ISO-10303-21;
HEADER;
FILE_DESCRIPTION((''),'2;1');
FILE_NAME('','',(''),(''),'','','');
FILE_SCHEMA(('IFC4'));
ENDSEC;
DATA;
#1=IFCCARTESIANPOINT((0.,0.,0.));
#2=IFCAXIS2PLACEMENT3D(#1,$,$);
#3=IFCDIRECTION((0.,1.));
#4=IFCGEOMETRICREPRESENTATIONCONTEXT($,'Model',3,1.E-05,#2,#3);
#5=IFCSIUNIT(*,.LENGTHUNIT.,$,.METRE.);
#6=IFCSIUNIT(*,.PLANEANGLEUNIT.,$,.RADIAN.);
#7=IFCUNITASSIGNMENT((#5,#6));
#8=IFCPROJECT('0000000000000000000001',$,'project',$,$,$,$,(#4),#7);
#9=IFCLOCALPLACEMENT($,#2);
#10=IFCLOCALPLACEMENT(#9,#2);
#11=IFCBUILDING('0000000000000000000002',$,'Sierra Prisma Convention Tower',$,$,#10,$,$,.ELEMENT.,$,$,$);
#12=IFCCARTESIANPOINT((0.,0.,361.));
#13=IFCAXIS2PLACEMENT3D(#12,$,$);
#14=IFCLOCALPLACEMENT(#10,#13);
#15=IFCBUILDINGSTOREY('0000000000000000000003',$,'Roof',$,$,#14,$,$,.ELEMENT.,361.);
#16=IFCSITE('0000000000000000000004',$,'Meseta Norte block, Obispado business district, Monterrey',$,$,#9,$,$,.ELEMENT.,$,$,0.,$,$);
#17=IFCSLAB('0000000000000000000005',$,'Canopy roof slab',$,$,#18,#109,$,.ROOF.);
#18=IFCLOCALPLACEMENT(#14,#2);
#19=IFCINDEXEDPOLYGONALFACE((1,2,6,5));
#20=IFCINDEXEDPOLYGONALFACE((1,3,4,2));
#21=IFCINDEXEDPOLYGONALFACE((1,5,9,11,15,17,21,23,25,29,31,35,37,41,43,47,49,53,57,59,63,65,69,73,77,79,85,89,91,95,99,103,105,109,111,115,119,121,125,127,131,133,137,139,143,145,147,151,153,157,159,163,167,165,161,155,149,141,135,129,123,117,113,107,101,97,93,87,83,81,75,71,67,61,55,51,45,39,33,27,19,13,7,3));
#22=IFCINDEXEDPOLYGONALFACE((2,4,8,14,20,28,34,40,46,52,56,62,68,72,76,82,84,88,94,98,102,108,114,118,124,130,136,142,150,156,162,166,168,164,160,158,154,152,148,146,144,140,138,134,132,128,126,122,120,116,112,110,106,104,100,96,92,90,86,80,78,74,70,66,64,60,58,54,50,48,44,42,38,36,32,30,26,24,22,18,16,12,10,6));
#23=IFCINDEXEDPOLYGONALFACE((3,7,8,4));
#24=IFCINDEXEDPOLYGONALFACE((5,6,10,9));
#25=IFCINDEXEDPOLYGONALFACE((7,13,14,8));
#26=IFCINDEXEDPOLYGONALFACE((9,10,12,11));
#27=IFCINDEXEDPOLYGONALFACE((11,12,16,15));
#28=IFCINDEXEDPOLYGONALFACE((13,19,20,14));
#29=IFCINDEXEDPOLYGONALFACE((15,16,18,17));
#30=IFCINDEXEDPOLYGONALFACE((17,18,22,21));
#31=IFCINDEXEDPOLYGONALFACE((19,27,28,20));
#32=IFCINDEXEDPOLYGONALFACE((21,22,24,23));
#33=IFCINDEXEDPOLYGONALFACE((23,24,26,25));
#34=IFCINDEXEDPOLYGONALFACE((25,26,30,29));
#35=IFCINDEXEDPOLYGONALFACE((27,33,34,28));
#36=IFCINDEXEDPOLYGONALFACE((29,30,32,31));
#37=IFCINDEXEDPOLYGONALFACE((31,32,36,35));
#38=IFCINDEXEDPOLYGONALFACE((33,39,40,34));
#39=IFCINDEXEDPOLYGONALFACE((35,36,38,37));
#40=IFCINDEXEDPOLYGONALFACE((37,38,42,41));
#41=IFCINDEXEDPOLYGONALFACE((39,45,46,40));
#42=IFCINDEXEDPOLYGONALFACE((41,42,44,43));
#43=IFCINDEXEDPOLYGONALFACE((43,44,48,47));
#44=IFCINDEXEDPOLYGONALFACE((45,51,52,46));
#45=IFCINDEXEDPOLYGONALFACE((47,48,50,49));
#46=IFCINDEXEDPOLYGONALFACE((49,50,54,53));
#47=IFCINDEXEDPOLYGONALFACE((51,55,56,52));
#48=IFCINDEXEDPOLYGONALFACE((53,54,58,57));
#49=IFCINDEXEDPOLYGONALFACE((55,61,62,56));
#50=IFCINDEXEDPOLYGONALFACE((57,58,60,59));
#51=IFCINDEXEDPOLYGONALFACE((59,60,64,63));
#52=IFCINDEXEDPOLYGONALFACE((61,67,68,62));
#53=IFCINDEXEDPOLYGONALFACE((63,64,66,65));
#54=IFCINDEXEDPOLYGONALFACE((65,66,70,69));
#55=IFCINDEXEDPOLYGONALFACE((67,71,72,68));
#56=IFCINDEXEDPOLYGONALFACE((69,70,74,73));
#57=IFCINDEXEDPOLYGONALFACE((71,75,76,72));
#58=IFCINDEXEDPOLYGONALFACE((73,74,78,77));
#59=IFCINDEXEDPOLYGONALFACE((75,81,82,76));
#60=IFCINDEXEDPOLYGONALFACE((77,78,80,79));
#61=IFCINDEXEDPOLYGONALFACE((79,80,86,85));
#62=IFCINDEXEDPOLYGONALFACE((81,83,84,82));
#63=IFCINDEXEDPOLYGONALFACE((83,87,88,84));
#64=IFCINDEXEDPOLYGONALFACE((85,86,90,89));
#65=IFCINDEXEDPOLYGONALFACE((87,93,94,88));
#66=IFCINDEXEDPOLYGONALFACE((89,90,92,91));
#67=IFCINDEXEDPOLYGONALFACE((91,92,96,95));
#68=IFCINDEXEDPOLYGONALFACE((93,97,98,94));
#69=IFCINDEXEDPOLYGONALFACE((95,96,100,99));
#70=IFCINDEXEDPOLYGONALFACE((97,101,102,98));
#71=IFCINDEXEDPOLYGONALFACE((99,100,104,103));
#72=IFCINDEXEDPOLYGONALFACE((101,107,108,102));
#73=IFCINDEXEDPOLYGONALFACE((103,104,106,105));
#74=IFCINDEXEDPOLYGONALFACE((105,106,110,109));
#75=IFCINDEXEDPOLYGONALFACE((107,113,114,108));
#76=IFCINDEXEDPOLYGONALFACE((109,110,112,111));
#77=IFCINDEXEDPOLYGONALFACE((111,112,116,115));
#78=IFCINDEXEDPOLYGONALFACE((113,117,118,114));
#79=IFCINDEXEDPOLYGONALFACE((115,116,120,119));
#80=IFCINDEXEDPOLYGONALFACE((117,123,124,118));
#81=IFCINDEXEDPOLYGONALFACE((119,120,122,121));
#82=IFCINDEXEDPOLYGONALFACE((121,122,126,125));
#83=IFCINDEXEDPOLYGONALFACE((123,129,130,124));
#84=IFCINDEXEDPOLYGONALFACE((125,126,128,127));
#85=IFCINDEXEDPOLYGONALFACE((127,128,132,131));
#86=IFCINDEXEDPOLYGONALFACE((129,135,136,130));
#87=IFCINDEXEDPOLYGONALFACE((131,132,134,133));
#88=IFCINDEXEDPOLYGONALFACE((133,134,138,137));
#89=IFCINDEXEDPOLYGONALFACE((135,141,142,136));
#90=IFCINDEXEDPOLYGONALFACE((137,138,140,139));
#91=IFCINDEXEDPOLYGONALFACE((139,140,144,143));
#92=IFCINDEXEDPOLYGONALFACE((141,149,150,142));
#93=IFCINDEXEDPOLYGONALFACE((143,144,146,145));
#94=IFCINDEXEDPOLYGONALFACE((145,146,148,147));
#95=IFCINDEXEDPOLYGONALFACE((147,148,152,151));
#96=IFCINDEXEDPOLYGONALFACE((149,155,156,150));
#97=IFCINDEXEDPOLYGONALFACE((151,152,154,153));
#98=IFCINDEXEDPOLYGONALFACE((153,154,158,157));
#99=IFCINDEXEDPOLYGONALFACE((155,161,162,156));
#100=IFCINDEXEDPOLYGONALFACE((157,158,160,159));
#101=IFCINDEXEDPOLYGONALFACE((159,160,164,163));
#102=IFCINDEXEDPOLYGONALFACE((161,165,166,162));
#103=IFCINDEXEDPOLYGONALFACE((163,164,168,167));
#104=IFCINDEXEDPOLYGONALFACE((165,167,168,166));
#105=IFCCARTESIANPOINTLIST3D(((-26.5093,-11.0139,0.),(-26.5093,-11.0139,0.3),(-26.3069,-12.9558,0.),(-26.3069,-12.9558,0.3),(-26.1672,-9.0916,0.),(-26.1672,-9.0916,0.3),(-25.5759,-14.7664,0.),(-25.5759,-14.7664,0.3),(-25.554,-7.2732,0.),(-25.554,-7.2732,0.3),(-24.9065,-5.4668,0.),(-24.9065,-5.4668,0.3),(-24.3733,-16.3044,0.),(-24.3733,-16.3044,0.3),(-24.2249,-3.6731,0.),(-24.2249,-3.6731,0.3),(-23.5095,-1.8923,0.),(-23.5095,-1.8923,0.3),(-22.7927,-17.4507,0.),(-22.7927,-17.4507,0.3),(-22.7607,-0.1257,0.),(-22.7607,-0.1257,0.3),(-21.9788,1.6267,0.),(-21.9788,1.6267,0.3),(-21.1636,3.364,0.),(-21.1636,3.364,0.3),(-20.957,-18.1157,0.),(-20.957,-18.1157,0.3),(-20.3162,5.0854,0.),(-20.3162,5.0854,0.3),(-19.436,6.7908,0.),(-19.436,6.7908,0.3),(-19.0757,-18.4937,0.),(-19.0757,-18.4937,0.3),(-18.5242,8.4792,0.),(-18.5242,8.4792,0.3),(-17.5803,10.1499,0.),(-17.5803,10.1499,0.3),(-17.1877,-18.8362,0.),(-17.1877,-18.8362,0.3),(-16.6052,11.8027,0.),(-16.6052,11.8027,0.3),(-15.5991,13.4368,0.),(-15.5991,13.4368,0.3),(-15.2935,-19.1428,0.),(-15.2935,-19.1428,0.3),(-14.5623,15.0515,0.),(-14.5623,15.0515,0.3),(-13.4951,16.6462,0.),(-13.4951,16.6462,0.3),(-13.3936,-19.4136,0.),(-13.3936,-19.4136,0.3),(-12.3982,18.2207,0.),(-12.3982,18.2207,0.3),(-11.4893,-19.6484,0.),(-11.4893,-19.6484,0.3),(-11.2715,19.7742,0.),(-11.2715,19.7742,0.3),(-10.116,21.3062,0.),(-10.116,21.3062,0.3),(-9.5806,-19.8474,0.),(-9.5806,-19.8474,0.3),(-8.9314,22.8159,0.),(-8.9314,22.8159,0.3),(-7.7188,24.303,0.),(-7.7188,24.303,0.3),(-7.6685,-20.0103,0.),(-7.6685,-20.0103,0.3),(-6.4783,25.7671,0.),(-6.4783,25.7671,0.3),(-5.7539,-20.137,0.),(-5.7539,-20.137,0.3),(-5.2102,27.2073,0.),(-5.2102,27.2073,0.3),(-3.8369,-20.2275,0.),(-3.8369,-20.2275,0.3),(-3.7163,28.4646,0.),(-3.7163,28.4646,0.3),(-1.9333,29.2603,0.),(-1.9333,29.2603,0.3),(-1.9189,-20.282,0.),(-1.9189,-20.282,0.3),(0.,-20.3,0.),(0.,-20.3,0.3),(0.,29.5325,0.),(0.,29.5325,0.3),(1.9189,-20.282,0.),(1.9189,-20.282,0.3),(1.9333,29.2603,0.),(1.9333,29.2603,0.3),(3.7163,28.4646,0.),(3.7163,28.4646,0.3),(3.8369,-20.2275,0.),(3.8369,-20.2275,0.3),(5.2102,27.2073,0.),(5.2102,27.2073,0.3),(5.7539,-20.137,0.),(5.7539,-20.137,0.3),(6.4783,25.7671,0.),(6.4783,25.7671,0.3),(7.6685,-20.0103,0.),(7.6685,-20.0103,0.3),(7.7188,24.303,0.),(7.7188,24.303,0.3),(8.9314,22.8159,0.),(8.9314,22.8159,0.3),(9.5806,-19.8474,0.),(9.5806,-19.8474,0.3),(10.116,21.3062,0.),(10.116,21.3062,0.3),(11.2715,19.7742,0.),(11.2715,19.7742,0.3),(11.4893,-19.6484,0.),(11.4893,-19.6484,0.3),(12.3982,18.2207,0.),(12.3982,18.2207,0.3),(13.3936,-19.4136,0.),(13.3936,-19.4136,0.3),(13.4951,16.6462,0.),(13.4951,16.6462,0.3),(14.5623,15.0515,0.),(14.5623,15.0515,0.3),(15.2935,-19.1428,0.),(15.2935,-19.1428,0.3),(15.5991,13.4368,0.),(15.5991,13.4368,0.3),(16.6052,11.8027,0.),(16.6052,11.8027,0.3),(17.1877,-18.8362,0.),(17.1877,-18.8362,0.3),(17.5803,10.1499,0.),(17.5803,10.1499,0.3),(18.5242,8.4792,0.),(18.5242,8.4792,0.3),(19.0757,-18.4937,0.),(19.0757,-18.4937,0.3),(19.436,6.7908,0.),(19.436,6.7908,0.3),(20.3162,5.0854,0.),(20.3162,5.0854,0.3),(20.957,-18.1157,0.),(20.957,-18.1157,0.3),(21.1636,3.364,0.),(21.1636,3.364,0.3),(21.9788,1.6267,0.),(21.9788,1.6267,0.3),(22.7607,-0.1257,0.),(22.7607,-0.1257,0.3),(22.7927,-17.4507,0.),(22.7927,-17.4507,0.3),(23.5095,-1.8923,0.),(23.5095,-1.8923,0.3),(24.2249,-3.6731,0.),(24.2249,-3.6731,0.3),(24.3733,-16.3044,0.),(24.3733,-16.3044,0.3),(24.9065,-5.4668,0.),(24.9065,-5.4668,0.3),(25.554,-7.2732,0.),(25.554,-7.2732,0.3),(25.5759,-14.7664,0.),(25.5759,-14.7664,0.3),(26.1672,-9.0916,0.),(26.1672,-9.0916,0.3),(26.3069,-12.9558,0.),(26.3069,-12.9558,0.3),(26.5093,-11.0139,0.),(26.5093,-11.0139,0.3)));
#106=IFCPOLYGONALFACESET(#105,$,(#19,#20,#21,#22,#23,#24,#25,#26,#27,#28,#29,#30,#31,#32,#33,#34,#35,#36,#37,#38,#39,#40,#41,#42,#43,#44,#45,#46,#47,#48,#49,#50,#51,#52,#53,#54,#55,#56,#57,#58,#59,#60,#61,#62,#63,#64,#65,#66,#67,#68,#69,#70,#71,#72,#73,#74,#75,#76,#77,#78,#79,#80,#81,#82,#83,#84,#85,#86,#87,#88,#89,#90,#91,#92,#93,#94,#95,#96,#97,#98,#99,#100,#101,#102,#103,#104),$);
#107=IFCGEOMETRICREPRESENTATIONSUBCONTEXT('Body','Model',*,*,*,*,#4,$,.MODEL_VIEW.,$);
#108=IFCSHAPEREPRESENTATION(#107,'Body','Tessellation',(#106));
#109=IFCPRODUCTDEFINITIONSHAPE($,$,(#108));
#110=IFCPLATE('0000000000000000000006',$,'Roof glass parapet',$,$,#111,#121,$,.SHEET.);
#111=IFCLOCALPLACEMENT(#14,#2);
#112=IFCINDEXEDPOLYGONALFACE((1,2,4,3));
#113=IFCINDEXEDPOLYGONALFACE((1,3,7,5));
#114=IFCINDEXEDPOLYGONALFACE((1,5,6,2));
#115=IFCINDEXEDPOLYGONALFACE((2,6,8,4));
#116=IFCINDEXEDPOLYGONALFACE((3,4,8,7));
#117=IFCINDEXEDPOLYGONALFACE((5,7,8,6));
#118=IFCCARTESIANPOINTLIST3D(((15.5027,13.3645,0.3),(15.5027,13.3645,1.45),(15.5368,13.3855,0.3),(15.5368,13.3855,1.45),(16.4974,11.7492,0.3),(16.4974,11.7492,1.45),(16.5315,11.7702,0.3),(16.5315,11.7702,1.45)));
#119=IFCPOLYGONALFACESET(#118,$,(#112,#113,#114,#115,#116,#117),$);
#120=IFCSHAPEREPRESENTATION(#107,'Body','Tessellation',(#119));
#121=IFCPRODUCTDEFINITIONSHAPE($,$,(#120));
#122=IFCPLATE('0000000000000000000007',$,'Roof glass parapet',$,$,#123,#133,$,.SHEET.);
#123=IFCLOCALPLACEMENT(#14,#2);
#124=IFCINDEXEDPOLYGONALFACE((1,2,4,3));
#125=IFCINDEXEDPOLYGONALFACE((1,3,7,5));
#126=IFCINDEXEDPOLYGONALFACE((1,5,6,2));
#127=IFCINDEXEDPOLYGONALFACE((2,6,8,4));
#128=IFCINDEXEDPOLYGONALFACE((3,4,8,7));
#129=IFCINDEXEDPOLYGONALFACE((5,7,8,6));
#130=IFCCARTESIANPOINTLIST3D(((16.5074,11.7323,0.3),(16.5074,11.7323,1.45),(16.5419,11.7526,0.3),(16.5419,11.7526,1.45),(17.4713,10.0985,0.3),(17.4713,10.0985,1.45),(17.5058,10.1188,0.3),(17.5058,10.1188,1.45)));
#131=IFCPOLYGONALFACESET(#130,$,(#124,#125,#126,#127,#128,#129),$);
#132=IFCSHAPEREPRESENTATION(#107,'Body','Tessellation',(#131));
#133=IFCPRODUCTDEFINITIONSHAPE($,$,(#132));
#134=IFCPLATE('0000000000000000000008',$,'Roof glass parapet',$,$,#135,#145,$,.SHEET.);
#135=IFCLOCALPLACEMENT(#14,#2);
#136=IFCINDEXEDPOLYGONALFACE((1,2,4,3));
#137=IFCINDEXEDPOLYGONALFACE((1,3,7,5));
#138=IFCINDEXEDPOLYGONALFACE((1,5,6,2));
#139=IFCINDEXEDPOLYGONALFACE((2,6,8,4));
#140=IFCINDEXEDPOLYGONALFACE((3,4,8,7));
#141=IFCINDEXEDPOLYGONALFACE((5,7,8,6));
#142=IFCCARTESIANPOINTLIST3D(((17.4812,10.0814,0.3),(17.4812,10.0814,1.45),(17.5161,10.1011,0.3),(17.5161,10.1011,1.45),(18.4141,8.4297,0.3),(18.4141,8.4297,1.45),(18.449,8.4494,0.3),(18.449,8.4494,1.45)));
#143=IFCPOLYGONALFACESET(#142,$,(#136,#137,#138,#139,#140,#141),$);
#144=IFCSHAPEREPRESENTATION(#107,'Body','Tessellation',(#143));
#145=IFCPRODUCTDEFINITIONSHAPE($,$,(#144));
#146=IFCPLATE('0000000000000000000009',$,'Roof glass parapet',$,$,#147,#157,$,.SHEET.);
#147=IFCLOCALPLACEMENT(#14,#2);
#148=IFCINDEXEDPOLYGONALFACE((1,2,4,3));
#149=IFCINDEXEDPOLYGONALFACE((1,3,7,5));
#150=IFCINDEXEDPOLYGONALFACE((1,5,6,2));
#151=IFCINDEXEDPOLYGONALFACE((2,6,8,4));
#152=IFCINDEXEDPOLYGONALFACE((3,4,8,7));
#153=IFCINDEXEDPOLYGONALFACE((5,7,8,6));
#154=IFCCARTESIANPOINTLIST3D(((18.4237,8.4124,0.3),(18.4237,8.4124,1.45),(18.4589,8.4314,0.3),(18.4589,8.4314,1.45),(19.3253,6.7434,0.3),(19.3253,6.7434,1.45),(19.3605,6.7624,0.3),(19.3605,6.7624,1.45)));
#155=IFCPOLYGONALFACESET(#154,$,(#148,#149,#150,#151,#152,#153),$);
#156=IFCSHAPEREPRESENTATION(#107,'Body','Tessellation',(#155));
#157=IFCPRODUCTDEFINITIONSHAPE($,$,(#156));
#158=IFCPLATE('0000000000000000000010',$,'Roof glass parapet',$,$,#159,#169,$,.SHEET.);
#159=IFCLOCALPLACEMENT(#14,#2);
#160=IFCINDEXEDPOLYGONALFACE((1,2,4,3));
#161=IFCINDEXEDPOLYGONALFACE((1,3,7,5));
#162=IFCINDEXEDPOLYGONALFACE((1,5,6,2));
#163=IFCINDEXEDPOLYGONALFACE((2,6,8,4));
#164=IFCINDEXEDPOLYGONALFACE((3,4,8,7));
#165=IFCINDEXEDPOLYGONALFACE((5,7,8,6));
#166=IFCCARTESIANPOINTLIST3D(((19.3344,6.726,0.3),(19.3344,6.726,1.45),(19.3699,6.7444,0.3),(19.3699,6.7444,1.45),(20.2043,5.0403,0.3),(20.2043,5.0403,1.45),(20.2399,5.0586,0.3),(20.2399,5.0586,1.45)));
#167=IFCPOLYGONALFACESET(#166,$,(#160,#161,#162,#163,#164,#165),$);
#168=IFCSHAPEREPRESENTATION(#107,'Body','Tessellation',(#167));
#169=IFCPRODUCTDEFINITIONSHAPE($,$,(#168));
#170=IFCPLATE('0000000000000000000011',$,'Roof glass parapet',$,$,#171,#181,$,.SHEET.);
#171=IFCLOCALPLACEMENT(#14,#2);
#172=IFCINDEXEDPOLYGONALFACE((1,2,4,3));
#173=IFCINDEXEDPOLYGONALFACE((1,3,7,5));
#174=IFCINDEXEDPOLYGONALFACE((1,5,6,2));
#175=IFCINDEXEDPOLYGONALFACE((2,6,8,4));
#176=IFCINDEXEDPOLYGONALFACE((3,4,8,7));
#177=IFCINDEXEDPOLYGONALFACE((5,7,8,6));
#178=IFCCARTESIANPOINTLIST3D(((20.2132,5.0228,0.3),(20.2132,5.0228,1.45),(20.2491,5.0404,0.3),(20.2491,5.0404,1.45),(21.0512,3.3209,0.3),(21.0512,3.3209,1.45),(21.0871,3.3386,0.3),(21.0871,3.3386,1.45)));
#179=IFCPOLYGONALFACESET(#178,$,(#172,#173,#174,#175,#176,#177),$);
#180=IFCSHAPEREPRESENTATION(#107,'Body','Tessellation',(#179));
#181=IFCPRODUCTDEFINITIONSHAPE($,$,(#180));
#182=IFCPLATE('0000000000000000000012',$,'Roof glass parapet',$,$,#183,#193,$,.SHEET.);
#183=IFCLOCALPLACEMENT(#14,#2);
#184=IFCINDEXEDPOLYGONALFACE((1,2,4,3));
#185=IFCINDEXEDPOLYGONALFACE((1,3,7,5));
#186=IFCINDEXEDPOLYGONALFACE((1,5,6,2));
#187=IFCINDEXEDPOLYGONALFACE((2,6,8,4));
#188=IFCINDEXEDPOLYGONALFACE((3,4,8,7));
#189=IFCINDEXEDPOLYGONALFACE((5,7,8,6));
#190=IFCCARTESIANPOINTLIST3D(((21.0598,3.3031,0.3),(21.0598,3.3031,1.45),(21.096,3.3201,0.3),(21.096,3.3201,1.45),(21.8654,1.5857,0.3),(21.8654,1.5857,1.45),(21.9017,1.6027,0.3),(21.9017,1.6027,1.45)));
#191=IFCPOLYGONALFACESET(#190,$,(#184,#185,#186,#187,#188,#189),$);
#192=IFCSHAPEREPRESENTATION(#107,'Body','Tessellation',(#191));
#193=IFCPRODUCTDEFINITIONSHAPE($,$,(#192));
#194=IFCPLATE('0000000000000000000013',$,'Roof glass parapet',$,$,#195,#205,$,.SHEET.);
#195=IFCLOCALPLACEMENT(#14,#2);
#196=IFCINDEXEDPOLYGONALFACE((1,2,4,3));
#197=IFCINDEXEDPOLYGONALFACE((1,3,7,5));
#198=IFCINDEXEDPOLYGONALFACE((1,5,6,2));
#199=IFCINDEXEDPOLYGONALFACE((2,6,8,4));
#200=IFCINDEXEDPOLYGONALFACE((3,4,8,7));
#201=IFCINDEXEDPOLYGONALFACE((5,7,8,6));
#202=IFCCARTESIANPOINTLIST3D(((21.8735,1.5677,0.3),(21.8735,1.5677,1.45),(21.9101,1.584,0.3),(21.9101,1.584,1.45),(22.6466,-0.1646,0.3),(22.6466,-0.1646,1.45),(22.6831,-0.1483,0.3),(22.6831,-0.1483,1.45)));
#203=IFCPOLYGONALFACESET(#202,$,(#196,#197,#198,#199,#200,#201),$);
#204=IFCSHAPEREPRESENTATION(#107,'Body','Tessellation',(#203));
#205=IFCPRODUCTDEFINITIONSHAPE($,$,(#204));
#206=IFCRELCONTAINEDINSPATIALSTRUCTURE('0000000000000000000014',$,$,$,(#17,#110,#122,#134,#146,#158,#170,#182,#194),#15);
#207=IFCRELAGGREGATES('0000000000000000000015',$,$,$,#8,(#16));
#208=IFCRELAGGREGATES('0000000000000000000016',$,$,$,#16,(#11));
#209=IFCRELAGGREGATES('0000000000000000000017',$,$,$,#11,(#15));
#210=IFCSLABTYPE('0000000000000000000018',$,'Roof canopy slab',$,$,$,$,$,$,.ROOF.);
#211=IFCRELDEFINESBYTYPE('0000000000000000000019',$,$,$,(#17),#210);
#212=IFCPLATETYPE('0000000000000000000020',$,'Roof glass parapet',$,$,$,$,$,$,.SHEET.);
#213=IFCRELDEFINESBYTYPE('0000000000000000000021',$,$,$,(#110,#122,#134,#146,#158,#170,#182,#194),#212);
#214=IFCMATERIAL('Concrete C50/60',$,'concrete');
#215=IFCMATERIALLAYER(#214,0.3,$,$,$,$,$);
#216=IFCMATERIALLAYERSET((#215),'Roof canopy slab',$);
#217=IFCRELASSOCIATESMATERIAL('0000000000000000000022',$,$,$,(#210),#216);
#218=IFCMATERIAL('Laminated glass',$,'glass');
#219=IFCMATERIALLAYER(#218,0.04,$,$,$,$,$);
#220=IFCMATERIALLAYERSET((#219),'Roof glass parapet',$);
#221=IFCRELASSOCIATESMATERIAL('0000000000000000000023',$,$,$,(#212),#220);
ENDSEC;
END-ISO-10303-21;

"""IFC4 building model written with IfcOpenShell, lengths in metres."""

from ifc_helpers import new_model, si_unit, direction, frame, origin, origin_2d, place, context, subcontext, project, spatial, polyline, rectangle, outline, extrude, material, layer, layer_set, type_object, element, save


model = new_model("IFC4")

# Units and contexts
model_context = context("Model", 3, precision=1e-05, world=origin(), true_north=direction((0.0, 1.0)))
body_context = subcontext(model_context, "Body", "Model", "MODEL_VIEW")
ifc_project = project(units=[si_unit("LENGTHUNIT", "METRE"), si_unit("PLANEANGLEUNIT", "RADIAN")], contexts=[model_context])

# Site, building, storey
site_placement = place(None, origin())
site = spatial("IfcSite", under=ifc_project, at=site_placement, Name="Meseta Norte block, Obispado business district, Monterrey", CompositionType="ELEMENT", RefElevation=0.0)
building_placement = place(site_placement, origin())
building = spatial("IfcBuilding", under=site, at=building_placement, Name="Sierra Prisma Convention Tower", CompositionType="ELEMENT")
storey_placement = place(building_placement, frame((0.0, 0.0, 361.0)))
storey = spatial("IfcBuildingStorey", under=building, at=storey_placement, Name="Roof", CompositionType="ELEMENT", Elevation=361.0)

# Slab
ifc_material_1 = material(Name="Concrete C50/60", Category="concrete")
ifc_layer_1 = layer(ifc_material_1, 0.3)
ifc_layer_set_1 = layer_set([ifc_layer_1], Name="Roof canopy slab")
slab_type = type_object("IfcSlabType", Name="Roof canopy slab", PredefinedType="ROOF", material=ifc_layer_set_1)
slab_placement = place(storey_placement, origin())
element("IfcSlab", 1, at=slab_placement, inside=storey, type_object=slab_type, Name="Canopy roof slab", PredefinedType="ROOF", context=body_context, shape_type="SweptSolid", body=[
    extrude(outline(polyline([(-20.957, -18.1157), (-19.0757, -18.4937), (-17.1877, -18.8362), (-15.2935, -19.1428), (-13.3936, -19.4136), (-11.4893, -19.6484), (-9.5806, -19.8474), (-7.6685, -20.0103), (-5.7539, -20.137), (-3.8369, -20.2275), (-1.9189, -20.282), (0.0, -20.3), (1.9189, -20.282), (3.8369, -20.2275), (5.7539, -20.137), (7.6685, -20.0103), (9.5806, -19.8474), (11.4893, -19.6484), (13.3936, -19.4136), (15.2935, -19.1428), (17.1877, -18.8362), (19.0757, -18.4937), (20.957, -18.1157), (22.7927, -17.4507), (24.3733, -16.3044), (25.5759, -14.7664), (26.3069, -12.9558), (26.5093, -11.0139), (26.1672, -9.0916), (25.554, -7.2732), (24.9065, -5.4668), (24.2249, -3.6731), (23.5095, -1.8923), (22.7607, -0.1257), (21.9788, 1.6267), (21.1636, 3.364), (20.3162, 5.0854), (19.436, 6.7908), (18.5242, 8.4792), (17.5803, 10.1499), (16.6052, 11.8027), (15.5991, 13.4368), (14.5623, 15.0515), (13.4951, 16.6462), (12.3982, 18.2207), (11.2715, 19.7742), (10.116, 21.3062), (8.9314, 22.8159), (7.7188, 24.303), (6.4783, 25.7671), (5.2102, 27.2073), (3.7163, 28.4646), (1.9333, 29.2603), (0.0, 29.5325), (-1.9333, 29.2603), (-3.7163, 28.4646), (-5.2102, 27.2073), (-6.4783, 25.7671), (-7.7188, 24.303), (-8.9314, 22.8159), (-10.116, 21.3062), (-11.2715, 19.7742), (-12.3982, 18.2207), (-13.4951, 16.6462), (-14.5623, 15.0515), (-15.5991, 13.4368), (-16.6052, 11.8027), (-17.5803, 10.1499), (-18.5242, 8.4792), (-19.436, 6.7908), (-20.3162, 5.0854), (-21.1636, 3.364), (-21.9788, 1.6267), (-22.7607, -0.1257), (-23.5095, -1.8923), (-24.2249, -3.6731), (-24.9065, -5.4668), (-25.554, -7.2732), (-26.1672, -9.0916), (-26.5093, -11.0139), (-26.3069, -12.9558), (-25.5759, -14.7664), (-24.3733, -16.3044), (-22.7927, -17.4507), (-20.957, -18.1157)])), origin(), (0.0, 0.0, 1.0), 0.3),
])

# Plates
ifc_material_2 = material(Name="Laminated glass", Category="glass")
ifc_layer_2 = layer(ifc_material_2, 0.04)
ifc_layer_set_2 = layer_set([ifc_layer_2], Name="Roof glass parapet")
plate_type = type_object("IfcPlateType", Name="Roof glass parapet", PredefinedType="SHEET", material=ifc_layer_set_2)
for number, where, z_axis, x_axis, name in (
    (2, (16.0171, 12.5674, 0.3), (0.0, 0.0, 1.0), (0.524323, -0.851519, 0.0), "Roof glass parapet"),
    (3, (17.0066, 10.9255, 0.3), (0.0, 0.0, 1.0), (0.508153, -0.861267, 0.0), "Roof glass parapet"),
    (4, (17.9651, 9.2654, 0.3), (0.0, 0.0, 1.0), (0.491802, -0.870707, 0.0), "Roof glass parapet"),
    (5, (18.8921, 7.5874, 0.3), (0.0, 0.0, 1.0), (0.475276, -0.879837, 0.0), "Roof glass parapet"),
    (6, (19.7871, 5.8923, 0.3), (0.0, 0.0, 1.0), (0.45858, -0.888653, 0.0), "Roof glass parapet"),
    (7, (20.6501, 4.1807, 0.3), (0.0, 0.0, 1.0), (0.44172, -0.897153, 0.0), "Roof glass parapet"),
    (8, (21.4807, 2.4529, 0.3), (0.0, 0.0, 1.0), (0.424704, -0.905332, 0.0), "Roof glass parapet"),
    (9, (22.2783, 0.7097, 0.3), (0.0, 0.0, 1.0), (0.407534, -0.91319, 0.0), "Roof glass parapet"),
):
    element("IfcPlate", number, at=place(storey_placement, frame(where, z_axis=z_axis, x_axis=x_axis)), inside=storey, type_object=plate_type, Name=name, PredefinedType="SHEET", context=body_context, shape_type="SweptSolid", body=[
        extrude(rectangle(XDim=1.897, YDim=0.04, at=origin_2d()), origin(), (0.0, 0.0, 1.0), 1.1499),
    ])

save(model, "model.ifc")
